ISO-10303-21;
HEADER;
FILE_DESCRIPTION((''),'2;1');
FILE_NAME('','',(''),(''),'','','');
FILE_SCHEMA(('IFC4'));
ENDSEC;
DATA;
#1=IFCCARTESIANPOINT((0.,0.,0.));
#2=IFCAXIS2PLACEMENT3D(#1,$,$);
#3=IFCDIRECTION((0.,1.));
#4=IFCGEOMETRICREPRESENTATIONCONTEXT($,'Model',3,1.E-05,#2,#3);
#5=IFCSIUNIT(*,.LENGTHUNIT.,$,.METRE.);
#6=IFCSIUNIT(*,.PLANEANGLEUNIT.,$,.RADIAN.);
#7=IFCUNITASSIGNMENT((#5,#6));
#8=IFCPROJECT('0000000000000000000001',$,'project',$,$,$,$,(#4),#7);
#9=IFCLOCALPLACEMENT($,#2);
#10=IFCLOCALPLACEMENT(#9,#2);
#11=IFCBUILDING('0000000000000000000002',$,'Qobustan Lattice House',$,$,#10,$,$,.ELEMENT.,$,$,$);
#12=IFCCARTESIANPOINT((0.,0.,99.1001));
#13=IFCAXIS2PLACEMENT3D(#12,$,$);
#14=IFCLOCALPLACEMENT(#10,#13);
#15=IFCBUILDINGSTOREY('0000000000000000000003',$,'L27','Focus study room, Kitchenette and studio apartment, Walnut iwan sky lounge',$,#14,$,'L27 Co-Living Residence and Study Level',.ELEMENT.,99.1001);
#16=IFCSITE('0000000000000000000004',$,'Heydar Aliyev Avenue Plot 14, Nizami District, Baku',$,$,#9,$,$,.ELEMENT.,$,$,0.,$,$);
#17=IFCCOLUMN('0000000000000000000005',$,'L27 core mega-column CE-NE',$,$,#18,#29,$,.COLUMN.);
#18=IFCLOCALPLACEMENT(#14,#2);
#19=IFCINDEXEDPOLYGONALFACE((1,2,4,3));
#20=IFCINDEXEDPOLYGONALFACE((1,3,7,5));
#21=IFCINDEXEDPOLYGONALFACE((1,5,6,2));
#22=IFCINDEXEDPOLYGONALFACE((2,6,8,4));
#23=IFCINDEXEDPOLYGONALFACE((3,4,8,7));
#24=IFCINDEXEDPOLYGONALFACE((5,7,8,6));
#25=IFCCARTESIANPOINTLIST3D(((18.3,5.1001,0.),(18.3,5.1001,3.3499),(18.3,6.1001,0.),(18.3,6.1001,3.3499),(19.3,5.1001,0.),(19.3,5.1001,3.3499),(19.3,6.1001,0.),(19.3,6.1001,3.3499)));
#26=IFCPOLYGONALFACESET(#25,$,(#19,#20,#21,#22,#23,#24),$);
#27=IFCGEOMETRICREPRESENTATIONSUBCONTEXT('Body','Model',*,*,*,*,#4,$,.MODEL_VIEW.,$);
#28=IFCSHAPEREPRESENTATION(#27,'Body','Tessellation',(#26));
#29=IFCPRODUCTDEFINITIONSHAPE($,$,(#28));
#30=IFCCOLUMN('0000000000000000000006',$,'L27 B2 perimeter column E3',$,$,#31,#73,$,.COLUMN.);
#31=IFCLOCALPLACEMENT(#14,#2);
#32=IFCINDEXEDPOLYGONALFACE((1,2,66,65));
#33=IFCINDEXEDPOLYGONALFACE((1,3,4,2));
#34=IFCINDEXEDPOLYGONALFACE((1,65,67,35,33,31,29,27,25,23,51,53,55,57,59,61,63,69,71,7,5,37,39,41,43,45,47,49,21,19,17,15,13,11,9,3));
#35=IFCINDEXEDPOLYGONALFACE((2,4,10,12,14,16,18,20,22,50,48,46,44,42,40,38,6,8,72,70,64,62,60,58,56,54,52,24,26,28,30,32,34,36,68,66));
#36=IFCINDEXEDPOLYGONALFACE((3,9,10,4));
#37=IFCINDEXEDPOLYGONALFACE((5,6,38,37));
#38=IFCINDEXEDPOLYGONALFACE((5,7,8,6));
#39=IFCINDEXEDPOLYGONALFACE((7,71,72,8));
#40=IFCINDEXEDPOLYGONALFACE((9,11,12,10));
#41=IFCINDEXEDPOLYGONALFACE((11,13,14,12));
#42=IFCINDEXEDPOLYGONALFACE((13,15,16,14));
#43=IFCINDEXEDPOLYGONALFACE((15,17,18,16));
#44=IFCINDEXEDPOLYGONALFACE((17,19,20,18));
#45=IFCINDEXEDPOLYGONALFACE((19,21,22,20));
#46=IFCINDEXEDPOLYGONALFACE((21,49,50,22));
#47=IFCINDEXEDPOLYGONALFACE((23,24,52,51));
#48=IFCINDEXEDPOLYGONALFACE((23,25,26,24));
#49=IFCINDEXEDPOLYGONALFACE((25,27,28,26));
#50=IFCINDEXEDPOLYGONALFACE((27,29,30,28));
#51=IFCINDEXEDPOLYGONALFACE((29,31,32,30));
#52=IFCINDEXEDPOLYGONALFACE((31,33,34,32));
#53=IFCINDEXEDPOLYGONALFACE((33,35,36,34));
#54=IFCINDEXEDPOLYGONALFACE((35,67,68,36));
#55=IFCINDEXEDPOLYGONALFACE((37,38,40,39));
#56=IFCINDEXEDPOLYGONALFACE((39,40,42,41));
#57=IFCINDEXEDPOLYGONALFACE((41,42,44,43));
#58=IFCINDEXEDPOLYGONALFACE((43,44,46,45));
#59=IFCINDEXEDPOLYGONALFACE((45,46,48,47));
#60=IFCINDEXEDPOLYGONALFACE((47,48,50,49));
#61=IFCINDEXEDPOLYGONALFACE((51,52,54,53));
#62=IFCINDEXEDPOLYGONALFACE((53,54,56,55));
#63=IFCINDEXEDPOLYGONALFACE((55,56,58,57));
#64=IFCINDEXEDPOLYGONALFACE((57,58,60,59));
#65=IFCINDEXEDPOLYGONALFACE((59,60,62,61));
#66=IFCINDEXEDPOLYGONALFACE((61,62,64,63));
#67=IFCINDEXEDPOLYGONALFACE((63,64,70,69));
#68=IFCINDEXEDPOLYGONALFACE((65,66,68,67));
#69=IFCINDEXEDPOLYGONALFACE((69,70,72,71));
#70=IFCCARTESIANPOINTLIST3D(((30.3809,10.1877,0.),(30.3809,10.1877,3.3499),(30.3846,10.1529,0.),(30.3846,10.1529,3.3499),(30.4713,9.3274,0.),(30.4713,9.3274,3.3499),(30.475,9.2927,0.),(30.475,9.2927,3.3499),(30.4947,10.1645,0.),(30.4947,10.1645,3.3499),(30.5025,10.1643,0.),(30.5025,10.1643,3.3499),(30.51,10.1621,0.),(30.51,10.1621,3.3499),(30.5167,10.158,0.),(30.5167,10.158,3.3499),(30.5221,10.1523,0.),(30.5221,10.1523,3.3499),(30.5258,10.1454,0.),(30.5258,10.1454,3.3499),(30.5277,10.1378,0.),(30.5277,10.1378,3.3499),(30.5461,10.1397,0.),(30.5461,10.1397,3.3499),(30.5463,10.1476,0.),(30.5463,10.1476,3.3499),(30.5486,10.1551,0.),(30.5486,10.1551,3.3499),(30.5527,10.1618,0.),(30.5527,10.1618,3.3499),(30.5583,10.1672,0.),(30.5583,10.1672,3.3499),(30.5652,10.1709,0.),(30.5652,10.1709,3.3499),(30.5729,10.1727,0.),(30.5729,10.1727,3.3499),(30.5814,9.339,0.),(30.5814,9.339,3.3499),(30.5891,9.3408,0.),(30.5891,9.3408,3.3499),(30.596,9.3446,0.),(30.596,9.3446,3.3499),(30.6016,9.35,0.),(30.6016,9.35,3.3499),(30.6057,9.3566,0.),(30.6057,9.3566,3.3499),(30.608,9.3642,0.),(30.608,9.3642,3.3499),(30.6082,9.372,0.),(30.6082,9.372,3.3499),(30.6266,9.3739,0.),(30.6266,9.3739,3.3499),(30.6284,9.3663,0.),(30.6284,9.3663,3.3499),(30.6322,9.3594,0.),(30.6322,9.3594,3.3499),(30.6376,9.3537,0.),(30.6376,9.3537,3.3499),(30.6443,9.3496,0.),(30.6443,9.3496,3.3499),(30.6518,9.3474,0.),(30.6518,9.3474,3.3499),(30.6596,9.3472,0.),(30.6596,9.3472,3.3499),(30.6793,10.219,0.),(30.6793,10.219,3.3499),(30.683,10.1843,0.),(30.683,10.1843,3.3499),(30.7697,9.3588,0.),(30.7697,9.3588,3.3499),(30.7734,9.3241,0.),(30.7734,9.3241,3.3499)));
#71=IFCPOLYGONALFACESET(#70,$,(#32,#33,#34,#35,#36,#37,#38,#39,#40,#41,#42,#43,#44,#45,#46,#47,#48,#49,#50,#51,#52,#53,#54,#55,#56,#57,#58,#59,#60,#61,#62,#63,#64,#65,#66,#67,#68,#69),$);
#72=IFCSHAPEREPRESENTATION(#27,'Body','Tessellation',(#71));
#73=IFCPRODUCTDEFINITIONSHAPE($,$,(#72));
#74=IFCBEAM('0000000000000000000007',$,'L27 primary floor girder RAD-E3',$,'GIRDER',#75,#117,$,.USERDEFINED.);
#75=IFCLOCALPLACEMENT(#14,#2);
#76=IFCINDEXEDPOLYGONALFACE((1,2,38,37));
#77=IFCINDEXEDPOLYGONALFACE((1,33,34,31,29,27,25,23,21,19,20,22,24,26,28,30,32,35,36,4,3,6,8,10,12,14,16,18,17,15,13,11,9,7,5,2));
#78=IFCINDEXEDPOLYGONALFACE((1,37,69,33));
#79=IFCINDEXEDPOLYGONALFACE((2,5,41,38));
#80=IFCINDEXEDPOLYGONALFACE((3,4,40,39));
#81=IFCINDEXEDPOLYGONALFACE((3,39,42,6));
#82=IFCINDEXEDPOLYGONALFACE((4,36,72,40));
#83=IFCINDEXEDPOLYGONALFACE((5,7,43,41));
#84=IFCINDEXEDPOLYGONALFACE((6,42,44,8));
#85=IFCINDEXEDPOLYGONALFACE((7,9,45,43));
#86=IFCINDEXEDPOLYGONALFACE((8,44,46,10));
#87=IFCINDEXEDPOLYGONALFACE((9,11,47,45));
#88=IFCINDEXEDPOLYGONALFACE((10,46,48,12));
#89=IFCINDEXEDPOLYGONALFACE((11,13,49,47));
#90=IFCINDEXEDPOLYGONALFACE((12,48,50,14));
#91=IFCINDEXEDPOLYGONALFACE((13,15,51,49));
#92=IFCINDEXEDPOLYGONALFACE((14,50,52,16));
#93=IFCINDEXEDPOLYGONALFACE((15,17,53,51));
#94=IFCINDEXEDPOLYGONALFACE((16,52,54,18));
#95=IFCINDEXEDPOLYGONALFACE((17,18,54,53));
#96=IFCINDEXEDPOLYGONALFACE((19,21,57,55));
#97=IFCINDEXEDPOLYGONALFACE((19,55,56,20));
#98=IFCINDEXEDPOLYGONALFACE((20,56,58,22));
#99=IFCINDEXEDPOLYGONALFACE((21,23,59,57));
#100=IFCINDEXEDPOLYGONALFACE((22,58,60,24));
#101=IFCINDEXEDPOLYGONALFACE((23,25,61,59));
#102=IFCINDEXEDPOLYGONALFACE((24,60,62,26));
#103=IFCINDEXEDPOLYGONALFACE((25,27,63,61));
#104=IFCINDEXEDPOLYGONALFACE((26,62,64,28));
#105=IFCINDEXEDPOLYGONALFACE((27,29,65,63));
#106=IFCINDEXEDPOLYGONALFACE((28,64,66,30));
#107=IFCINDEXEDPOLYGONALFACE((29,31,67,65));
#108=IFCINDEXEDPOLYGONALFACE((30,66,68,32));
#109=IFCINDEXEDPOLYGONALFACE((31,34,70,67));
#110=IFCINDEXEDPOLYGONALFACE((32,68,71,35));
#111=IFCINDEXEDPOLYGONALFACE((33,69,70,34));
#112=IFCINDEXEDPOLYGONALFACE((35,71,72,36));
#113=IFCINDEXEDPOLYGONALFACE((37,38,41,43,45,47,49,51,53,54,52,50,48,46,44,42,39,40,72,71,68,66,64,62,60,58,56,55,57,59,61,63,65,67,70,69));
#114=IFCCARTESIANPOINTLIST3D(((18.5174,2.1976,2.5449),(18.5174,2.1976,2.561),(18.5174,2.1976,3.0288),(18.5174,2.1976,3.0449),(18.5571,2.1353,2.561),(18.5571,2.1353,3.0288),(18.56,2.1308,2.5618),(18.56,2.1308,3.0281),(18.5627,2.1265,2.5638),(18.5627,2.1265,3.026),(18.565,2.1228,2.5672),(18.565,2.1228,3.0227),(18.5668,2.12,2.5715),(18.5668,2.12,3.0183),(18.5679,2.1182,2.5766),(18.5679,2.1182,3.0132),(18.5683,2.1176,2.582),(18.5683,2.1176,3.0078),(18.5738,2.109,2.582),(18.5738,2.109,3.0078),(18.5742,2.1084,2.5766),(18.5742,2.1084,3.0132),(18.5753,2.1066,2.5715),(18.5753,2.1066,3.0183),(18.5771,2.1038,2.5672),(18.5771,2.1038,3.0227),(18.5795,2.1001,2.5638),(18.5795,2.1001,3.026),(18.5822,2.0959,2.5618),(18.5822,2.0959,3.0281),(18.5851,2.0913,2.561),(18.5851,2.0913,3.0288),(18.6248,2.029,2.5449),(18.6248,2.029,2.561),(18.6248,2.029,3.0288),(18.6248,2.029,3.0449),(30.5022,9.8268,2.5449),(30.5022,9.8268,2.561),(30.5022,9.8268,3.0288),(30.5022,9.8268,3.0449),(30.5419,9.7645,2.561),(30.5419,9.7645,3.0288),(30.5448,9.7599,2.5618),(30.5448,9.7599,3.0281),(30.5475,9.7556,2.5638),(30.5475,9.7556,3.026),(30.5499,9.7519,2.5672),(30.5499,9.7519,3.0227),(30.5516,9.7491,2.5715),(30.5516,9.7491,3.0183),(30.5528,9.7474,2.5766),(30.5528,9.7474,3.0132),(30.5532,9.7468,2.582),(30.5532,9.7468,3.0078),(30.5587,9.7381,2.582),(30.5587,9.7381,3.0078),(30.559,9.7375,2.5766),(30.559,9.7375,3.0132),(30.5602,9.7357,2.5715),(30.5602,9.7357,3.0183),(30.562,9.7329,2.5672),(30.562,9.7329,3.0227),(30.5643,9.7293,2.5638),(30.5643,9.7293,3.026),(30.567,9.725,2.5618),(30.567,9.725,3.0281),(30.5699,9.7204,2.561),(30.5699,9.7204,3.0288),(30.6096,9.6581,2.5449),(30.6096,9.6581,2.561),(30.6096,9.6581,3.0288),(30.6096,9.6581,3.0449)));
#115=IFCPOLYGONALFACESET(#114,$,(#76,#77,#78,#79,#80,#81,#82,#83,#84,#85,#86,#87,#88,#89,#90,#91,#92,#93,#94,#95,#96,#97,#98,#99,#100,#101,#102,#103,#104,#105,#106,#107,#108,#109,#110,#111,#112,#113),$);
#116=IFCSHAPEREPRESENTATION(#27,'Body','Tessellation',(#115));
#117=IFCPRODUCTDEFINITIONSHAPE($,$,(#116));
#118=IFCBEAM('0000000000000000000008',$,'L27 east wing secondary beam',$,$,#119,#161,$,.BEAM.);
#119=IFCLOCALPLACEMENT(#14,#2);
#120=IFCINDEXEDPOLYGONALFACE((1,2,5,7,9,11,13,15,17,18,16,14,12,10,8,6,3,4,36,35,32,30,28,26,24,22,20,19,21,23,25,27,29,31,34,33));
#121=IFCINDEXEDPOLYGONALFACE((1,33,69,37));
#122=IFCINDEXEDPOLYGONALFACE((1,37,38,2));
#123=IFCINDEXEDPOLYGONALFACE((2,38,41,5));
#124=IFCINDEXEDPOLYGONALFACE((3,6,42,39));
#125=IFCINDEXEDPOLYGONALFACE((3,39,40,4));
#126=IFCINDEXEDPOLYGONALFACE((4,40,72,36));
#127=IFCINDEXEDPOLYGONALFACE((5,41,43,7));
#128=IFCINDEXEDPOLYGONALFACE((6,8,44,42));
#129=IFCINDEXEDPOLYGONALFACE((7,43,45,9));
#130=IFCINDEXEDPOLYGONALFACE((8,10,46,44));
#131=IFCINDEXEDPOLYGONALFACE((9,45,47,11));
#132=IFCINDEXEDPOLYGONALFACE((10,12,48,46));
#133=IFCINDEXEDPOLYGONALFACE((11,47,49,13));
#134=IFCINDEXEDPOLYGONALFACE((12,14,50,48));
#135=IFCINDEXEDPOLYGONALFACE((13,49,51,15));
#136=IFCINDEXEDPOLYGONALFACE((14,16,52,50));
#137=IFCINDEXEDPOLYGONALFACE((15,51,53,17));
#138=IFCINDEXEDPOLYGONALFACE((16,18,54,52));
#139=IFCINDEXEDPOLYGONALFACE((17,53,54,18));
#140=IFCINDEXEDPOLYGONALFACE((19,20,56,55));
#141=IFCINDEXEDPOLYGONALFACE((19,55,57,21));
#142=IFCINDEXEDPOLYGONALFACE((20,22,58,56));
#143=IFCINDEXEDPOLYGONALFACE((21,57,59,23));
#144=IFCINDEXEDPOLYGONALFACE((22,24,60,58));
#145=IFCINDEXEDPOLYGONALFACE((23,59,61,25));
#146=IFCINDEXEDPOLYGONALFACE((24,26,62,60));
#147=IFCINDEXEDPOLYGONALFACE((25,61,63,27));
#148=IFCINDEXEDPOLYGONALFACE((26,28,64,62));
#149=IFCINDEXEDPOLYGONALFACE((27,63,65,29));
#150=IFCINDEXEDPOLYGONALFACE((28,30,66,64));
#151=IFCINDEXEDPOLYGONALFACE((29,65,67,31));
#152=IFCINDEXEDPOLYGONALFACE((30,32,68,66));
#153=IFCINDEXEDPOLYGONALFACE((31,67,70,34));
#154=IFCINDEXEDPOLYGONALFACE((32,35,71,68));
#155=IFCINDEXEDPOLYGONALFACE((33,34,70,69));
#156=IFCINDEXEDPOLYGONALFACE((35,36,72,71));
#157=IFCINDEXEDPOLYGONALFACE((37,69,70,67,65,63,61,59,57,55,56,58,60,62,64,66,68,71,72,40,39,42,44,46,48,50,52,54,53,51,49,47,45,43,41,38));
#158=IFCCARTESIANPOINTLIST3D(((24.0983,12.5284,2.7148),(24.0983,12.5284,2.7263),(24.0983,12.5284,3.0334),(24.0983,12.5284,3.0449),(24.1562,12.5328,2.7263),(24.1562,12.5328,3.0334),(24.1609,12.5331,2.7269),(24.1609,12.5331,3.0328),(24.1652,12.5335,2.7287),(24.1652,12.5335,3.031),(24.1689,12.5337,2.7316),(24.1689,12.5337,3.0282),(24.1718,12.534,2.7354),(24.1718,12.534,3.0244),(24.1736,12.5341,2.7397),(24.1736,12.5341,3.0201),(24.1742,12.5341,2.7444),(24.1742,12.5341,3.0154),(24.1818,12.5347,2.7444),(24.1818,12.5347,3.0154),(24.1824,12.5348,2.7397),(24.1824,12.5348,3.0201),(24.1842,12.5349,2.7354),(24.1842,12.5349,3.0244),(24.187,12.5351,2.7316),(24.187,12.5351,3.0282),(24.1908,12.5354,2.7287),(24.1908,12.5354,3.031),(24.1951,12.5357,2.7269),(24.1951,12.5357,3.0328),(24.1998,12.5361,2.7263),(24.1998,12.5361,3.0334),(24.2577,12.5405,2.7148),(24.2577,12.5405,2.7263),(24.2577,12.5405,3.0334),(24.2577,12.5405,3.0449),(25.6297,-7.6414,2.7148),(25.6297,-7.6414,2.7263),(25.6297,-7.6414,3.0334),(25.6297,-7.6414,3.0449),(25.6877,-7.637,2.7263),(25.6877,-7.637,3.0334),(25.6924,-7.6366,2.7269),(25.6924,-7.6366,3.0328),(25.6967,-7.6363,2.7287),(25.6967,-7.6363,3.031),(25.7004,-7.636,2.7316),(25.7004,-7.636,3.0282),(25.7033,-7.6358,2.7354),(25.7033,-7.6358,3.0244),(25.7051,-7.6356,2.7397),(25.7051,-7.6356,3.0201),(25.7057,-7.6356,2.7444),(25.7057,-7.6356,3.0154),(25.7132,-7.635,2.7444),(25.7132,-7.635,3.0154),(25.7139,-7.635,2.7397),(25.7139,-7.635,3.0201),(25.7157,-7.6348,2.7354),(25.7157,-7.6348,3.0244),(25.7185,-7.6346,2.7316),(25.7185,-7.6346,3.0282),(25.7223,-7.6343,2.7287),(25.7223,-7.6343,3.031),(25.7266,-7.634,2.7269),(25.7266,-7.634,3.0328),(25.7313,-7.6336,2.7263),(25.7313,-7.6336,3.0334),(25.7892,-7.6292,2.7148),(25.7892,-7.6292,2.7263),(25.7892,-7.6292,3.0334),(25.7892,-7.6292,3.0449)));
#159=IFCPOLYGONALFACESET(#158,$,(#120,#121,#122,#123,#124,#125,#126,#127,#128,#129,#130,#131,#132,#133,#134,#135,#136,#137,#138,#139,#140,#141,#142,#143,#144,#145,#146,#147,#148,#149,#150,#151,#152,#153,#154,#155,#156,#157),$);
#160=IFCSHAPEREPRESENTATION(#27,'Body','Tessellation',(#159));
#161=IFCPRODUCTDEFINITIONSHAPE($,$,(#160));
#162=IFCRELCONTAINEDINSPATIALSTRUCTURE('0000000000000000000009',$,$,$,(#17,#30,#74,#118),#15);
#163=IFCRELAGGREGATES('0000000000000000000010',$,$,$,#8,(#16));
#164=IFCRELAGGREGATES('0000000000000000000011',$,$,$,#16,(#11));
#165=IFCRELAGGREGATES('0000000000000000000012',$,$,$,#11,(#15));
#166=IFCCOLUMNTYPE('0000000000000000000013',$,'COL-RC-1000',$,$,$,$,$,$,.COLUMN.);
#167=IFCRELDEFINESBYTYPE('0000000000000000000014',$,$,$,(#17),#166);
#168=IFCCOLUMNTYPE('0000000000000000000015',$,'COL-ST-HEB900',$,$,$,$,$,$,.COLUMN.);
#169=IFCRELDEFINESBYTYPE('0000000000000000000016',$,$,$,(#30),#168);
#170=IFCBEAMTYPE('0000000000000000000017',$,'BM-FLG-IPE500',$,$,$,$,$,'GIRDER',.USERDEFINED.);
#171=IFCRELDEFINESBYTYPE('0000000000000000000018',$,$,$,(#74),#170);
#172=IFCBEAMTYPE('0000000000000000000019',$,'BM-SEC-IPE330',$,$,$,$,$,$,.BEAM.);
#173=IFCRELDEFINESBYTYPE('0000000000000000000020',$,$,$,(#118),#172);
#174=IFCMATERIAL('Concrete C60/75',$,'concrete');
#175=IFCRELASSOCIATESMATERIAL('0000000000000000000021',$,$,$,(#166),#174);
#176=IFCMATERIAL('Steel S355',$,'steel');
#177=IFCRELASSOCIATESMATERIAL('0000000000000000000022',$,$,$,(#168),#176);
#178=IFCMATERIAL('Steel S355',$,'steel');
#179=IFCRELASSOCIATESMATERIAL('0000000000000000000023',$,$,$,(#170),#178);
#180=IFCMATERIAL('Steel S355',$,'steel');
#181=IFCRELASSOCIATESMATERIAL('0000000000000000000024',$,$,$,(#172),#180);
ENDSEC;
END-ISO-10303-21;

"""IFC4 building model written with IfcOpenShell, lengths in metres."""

from ifc_helpers import new_model, si_unit, direction, frame, origin, origin_2d, place, context, subcontext, project, spatial, rectangle, i_section, extrude, material, material_profile, profile_set, type_object, element, save


model = new_model("IFC4")

# Units and contexts
model_context = context("Model", 3, precision=1e-05, world=origin(), true_north=direction((0.0, 1.0)))
body_context = subcontext(model_context, "Body", "Model", "MODEL_VIEW")
ifc_project = project(units=[si_unit("LENGTHUNIT", "METRE"), si_unit("PLANEANGLEUNIT", "RADIAN")], contexts=[model_context])

# Site, building, storey
site_placement = place(None, origin())
site = spatial("IfcSite", under=ifc_project, at=site_placement, Name="Heydar Aliyev Avenue Plot 14, Nizami District, Baku", CompositionType="ELEMENT", RefElevation=0.0)
building_placement = place(site_placement, origin())
building = spatial("IfcBuilding", under=site, at=building_placement, Name="Qobustan Lattice House", CompositionType="ELEMENT")
storey_placement = place(building_placement, frame((0.0, 0.0, 99.1001)))
storey = spatial("IfcBuildingStorey", under=building, at=storey_placement, Name="L27", Description="Focus study room, Kitchenette and studio apartment, Walnut iwan sky lounge", LongName="L27 Co-Living Residence and Study Level", CompositionType="ELEMENT", Elevation=99.1001)

# Columns
ifc_material_1 = material(Name="Concrete C60/75", Category="concrete")
ifc_material_profile_1 = material_profile(ifc_material_1, rectangle(XDim=1.0, YDim=1.0, at=origin_2d()), Name="RC1000x1000")
ifc_profile_set_1 = profile_set([ifc_material_profile_1], Name="Concrete C60/75")
column_type_1 = type_object("IfcColumnType", Name="COL-RC-1000", PredefinedType="COLUMN", material=ifc_profile_set_1)
column_1_placement = place(storey_placement, frame((18.8, 5.6001, 0.0), z_axis=(0.0, 0.0, 1.0), x_axis=(1.0, 0.0, 0.0)))
element("IfcColumn", 1, at=column_1_placement, inside=storey, type_object=column_type_1, Name="L27 core mega-column CE-NE", PredefinedType="COLUMN", context=body_context, shape_type="SweptSolid", body=[
    extrude(rectangle(XDim=1.0, YDim=1.0, at=origin_2d()), origin(), (0.0, 0.0, 1.0), 3.3499),
])
ifc_material_2 = material(Name="Steel S355", Category="steel")
ifc_material_profile_2 = material_profile(ifc_material_2, i_section(OverallWidth=0.3, OverallDepth=0.8999, WebThickness=0.0186, FlangeThickness=0.0349, FilletRadius=0.03, at=origin_2d()), Name="HEB900")
ifc_profile_set_2 = profile_set([ifc_material_profile_2], Name="Steel S355")
column_type_2 = type_object("IfcColumnType", Name="COL-ST-HEB900", PredefinedType="COLUMN", material=ifc_profile_set_2)
column_2_placement = place(storey_placement, frame((30.5771, 9.7559, 0.0), z_axis=(0.0, 0.0, 1.0), x_axis=(0.994522, 0.104528, 0.0)))
element("IfcColumn", 2, at=column_2_placement, inside=storey, type_object=column_type_2, Name="L27 B2 perimeter column E3", PredefinedType="COLUMN", context=body_context, shape_type="SweptSolid", body=[
    extrude(i_section(OverallWidth=0.3, OverallDepth=0.8999, WebThickness=0.0186, FlangeThickness=0.0349, FilletRadius=0.03, at=origin_2d()), origin(), (0.0, 0.0, 1.0), 3.3499),
])

# Beams
ifc_material_3 = material(Name="Steel S355", Category="steel")
ifc_material_profile_3 = material_profile(ifc_material_3, i_section(OverallWidth=0.2, OverallDepth=0.5, WebThickness=0.0103, FlangeThickness=0.0161, FilletRadius=0.021, at=origin_2d()), Name="IPE500")
ifc_profile_set_3 = profile_set([ifc_material_profile_3], Name="Steel S355")
beam_type_1 = type_object("IfcBeamType", Name="BM-FLG-IPE500", ElementType="GIRDER", PredefinedType="USERDEFINED", material=ifc_profile_set_3)
beam_1_placement = place(storey_placement, frame((30.5559, 9.7424, 2.7949), z_axis=(-0.843584, -0.536997, 0.0), x_axis=(0.536997, -0.843584, 0.0)))
element("IfcBeam", 3, at=beam_1_placement, inside=storey, type_object=beam_type_1, Name="L27 primary floor girder RAD-E3", ObjectType="GIRDER", PredefinedType="USERDEFINED", context=body_context, shape_type="SweptSolid", body=[
    extrude(i_section(OverallWidth=0.2, OverallDepth=0.5, WebThickness=0.0103, FlangeThickness=0.0161, FilletRadius=0.021, at=origin_2d()), origin(), (0.0, 0.0, 1.0), 14.207),
])
ifc_material_4 = material(Name="Steel S355", Category="steel")
ifc_material_profile_4 = material_profile(ifc_material_4, i_section(OverallWidth=0.1599, OverallDepth=0.3301, WebThickness=0.0076, FlangeThickness=0.0115, FilletRadius=0.0181, at=origin_2d()), Name="IPE330")
ifc_profile_set_4 = profile_set([ifc_material_profile_4], Name="Steel S355")
beam_type_2 = type_object("IfcBeamType", Name="BM-SEC-IPE330", PredefinedType="BEAM", material=ifc_profile_set_4)
beam_2_placement = place(storey_placement, frame((24.178, 12.5344, 2.8799), z_axis=(0.075713, -0.99713, 0.0), x_axis=(0.99713, 0.075713, 0.0)))
element("IfcBeam", 4, at=beam_2_placement, inside=storey, type_object=beam_type_2, Name="L27 east wing secondary beam", PredefinedType="BEAM", context=body_context, shape_type="SweptSolid", body=[
    extrude(i_section(OverallWidth=0.1599, OverallDepth=0.3301, WebThickness=0.0076, FlangeThickness=0.0115, FilletRadius=0.0181, at=origin_2d()), origin(), (0.0, 0.0, 1.0), 20.2278),
])

save(model, "model.ifc")
